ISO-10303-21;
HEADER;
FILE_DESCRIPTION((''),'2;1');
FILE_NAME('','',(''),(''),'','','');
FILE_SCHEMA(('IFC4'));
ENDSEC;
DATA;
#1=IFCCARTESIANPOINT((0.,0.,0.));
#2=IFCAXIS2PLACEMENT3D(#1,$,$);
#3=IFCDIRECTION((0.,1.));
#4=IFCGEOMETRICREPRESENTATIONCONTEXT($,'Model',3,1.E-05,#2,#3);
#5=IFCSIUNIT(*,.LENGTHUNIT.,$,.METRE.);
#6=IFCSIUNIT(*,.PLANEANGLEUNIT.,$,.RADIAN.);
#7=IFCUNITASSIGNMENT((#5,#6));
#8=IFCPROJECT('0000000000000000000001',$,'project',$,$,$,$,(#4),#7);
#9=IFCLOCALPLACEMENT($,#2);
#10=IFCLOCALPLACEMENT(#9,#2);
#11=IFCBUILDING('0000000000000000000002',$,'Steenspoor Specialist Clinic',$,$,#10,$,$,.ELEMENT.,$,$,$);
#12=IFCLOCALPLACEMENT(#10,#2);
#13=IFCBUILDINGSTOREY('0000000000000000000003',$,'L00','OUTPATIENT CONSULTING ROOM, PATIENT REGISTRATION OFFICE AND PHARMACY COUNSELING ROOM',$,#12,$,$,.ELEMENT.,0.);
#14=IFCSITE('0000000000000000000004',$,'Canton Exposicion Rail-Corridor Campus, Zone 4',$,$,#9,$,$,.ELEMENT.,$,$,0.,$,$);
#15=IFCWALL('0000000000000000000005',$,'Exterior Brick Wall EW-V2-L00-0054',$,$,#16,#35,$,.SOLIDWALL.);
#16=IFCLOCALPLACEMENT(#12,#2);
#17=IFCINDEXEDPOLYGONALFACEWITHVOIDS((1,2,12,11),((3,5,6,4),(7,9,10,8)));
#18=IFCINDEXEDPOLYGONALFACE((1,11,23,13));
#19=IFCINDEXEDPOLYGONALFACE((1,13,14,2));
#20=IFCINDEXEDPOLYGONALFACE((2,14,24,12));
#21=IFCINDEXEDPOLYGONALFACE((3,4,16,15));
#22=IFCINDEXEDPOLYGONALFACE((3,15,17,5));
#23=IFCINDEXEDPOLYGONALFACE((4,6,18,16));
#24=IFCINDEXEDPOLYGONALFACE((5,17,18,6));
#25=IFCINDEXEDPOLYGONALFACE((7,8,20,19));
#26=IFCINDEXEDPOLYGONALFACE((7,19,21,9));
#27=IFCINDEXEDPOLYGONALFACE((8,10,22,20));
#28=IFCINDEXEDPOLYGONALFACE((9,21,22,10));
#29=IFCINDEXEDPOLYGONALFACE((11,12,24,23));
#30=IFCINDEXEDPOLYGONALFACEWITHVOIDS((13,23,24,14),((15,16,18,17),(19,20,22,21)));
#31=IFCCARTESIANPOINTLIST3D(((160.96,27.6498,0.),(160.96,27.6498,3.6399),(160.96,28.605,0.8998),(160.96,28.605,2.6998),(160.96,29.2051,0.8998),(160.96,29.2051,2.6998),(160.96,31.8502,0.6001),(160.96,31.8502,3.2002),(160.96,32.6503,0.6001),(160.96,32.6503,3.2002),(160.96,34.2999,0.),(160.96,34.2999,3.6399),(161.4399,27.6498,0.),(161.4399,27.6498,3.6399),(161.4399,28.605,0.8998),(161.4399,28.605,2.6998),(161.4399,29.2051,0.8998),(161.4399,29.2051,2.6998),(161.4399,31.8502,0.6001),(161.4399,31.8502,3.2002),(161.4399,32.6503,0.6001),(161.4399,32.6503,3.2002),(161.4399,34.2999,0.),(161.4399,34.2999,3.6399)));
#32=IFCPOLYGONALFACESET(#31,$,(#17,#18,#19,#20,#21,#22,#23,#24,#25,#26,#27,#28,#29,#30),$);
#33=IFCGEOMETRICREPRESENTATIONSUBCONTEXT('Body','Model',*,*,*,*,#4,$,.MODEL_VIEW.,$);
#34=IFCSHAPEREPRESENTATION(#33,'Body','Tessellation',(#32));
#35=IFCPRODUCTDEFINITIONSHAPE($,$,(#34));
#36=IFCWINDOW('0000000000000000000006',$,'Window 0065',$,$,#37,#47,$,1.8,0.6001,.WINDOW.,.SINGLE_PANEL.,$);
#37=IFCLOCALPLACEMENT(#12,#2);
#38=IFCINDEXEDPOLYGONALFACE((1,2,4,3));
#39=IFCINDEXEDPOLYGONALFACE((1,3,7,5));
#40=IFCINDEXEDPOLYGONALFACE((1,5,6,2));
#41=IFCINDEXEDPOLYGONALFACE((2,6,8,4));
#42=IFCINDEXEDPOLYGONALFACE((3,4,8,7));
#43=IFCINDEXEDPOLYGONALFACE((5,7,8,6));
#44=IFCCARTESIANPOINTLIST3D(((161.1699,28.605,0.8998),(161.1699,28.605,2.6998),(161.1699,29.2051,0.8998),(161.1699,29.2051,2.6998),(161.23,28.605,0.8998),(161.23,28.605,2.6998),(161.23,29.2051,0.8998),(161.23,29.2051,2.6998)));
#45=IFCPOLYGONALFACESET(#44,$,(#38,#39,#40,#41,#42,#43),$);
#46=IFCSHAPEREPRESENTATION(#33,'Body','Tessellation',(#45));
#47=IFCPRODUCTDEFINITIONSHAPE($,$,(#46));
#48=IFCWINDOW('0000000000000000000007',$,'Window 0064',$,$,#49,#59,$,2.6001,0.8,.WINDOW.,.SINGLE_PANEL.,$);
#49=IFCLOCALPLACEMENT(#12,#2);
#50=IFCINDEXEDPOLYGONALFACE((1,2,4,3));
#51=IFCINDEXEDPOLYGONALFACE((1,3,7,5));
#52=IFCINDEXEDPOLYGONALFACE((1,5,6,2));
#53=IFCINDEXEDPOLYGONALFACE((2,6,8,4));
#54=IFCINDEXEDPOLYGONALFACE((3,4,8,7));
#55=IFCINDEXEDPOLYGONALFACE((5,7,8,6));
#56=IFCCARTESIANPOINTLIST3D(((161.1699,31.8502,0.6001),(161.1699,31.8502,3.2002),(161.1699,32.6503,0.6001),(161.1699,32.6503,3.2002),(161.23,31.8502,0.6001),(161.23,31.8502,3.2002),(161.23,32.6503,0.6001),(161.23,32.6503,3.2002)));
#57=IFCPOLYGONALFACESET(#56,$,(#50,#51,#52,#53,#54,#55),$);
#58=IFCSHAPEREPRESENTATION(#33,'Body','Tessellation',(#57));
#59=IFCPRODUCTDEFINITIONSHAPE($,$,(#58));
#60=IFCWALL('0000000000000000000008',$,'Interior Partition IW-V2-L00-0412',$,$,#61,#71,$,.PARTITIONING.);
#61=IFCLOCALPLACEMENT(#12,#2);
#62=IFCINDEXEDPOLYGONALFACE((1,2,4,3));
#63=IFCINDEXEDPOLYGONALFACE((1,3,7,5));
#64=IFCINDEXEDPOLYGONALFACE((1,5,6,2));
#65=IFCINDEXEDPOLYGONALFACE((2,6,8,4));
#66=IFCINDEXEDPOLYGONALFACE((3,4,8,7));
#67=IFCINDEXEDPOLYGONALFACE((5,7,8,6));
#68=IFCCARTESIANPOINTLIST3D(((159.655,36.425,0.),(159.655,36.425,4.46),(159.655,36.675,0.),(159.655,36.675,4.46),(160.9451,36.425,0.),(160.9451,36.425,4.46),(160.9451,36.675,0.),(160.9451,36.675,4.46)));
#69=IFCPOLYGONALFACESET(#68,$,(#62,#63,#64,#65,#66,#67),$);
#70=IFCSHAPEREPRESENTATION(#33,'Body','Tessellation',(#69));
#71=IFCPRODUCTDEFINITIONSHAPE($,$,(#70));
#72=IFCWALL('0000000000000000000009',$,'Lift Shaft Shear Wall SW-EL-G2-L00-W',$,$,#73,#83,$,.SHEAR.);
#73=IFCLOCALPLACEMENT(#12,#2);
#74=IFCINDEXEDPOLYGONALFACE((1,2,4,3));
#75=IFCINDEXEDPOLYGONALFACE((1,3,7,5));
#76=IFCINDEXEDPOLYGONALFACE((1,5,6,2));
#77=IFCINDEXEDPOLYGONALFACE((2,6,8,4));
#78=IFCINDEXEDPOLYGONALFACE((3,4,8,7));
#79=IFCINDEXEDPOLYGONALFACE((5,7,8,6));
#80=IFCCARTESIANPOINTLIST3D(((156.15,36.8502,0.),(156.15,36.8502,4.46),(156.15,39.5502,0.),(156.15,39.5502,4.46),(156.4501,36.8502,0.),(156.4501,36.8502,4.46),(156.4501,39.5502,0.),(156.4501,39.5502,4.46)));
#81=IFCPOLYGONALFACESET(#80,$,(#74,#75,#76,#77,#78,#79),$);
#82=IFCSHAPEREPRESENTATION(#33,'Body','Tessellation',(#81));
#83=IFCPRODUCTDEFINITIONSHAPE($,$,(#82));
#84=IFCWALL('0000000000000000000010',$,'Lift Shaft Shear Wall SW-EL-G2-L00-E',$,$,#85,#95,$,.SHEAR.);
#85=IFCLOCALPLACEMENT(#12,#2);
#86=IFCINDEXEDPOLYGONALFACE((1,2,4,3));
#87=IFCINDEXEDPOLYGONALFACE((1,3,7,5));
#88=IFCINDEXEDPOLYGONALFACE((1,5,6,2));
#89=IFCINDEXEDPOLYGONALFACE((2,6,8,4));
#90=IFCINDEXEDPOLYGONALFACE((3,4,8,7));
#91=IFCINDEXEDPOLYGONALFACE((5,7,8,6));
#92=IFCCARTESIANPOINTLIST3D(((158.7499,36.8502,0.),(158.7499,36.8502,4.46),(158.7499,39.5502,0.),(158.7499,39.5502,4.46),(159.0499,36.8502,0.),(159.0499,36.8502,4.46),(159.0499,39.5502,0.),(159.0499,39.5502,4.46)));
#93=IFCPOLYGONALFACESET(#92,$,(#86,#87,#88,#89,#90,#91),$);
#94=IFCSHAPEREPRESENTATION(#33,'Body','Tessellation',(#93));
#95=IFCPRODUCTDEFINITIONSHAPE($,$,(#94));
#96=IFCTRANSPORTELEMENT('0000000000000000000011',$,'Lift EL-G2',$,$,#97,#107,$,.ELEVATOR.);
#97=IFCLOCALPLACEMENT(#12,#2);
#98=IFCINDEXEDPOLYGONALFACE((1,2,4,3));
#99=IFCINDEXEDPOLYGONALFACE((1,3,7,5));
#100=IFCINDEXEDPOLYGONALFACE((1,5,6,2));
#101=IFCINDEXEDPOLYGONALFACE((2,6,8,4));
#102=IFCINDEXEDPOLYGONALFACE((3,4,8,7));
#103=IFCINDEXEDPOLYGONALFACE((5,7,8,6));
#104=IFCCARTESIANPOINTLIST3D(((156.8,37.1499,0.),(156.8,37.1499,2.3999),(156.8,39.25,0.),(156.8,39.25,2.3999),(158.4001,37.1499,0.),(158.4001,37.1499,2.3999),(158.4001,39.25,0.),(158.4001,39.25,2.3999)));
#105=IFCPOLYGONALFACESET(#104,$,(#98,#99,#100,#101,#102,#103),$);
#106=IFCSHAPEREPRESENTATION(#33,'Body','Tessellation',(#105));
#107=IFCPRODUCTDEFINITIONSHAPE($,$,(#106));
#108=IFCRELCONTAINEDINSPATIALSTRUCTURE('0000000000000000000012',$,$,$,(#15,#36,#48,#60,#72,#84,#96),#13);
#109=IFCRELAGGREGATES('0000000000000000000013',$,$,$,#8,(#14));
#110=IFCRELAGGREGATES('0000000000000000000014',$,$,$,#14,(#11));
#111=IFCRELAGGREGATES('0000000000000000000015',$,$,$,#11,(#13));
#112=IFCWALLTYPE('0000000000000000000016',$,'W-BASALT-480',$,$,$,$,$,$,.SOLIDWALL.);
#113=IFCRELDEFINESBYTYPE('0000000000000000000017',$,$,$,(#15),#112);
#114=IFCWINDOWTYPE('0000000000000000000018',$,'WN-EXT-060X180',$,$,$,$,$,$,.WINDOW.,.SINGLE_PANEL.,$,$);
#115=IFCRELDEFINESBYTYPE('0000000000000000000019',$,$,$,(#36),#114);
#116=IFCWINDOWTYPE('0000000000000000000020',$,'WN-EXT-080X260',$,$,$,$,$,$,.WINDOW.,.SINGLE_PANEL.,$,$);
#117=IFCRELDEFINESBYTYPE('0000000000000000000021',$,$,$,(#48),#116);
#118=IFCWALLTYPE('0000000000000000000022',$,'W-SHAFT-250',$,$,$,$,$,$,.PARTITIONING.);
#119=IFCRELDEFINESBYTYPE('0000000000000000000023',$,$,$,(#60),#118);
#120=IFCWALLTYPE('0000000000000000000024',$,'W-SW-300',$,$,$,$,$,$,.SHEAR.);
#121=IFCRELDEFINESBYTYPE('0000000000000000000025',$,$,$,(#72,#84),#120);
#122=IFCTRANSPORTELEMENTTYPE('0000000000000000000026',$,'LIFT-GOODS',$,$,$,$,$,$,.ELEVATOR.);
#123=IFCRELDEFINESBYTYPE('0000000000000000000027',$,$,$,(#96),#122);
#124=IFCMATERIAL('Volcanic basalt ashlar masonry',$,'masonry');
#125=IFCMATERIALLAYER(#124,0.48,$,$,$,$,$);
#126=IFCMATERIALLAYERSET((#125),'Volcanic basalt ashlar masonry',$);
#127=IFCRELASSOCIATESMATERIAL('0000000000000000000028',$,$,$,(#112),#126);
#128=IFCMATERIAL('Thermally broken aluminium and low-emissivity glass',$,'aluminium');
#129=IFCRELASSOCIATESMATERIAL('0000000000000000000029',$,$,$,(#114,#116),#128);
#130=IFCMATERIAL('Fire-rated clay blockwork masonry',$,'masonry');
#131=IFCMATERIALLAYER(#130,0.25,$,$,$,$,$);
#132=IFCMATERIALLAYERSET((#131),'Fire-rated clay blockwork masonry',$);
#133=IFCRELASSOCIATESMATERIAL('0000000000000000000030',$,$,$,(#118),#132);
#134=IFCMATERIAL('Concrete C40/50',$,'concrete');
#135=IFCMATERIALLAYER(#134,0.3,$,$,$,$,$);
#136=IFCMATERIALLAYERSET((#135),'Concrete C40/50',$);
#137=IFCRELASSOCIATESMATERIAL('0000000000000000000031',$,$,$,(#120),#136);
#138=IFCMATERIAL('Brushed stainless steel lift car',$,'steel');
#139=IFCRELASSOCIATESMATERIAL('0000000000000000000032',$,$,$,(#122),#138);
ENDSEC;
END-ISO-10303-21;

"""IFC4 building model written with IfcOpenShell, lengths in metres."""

from ifc_helpers import new_model, si_unit, direction, frame, frame_2d, origin, origin_2d, place, context, subcontext, project, spatial, rectangle, extrude, material, layer, layer_set, type_object, element, fill, save


model = new_model("IFC4")

# Units and contexts
model_context = context("Model", 3, precision=1e-05, world=origin(), true_north=direction((0.0, 1.0)))
body_context = subcontext(model_context, "Body", "Model", "MODEL_VIEW")
ifc_project = project(units=[si_unit("LENGTHUNIT", "METRE"), si_unit("PLANEANGLEUNIT", "RADIAN")], contexts=[model_context])

# Site, building, storey
site_placement = place(None, origin())
site = spatial("IfcSite", under=ifc_project, at=site_placement, Name="Canton Exposicion Rail-Corridor Campus, Zone 4", CompositionType="ELEMENT", RefElevation=0.0)
building_placement = place(site_placement, origin())
building = spatial("IfcBuilding", under=site, at=building_placement, Name="Steenspoor Specialist Clinic", CompositionType="ELEMENT")
storey_placement = place(building_placement, origin())
storey = spatial("IfcBuildingStorey", under=building, at=storey_placement, Name="L00", Description="OUTPATIENT CONSULTING ROOM, PATIENT REGISTRATION OFFICE AND PHARMACY COUNSELING ROOM", CompositionType="ELEMENT", Elevation=0.0)

# Shared definitions
ifc_material_1 = material(Name="Concrete C40/50", Category="concrete")

# Wall, openings, windows
ifc_material_2 = material(Name="Volcanic basalt ashlar masonry", Category="masonry")
ifc_layer_1 = layer(ifc_material_2, 0.48)
ifc_layer_set_1 = layer_set([ifc_layer_1], Name="Volcanic basalt ashlar masonry")
wall_type_1 = type_object("IfcWallType", Name="W-BASALT-480", PredefinedType="SOLIDWALL", material=ifc_layer_set_1)
wall_1_placement = place(storey_placement, frame((161.2, 34.3, 0.0), z_axis=(0.0, 0.0, 1.0), x_axis=(0.0, -1.0, 0.0)))
wall_1 = element("IfcWall", 1, at=wall_1_placement, inside=storey, type_object=wall_type_1, Name="Exterior Brick Wall EW-V2-L00-0054", PredefinedType="SOLIDWALL", context=body_context, shape_type="SweptSolid", body=[
    extrude(rectangle(XDim=6.6501, YDim=0.48, at=frame_2d((3.3252, 0.0))), origin(), (0.0, 0.0, 1.0), 3.6399),
])
opening_1_placement = place(wall_1_placement, frame((1.6499, 0.0, 0.6001)))
opening_1 = element("IfcOpeningElement", 2, at=opening_1_placement, cuts=wall_1, PredefinedType="OPENING", context=body_context, shape_type="SweptSolid", body=[
    extrude(rectangle(XDim=0.8, YDim=2.6001, at=frame_2d((0.3999, 1.3))), frame((0.0, 0.25, 0.0), z_axis=(0.0, -1.0, 0.0), x_axis=(1.0, 0.0, 0.0)), (0.0, 0.0, 1.0), 0.5),
])
opening_2_placement = place(wall_1_placement, frame((5.095, 0.0, 0.8999)))
opening_2 = element("IfcOpeningElement", 3, at=opening_2_placement, cuts=wall_1, PredefinedType="OPENING", context=body_context, shape_type="SweptSolid", body=[
    extrude(rectangle(XDim=0.6001, YDim=1.8, at=frame_2d((0.3, 0.8999))), frame((0.0, 0.25, 0.0), z_axis=(0.0, -1.0, 0.0), x_axis=(1.0, 0.0, 0.0)), (0.0, 0.0, 1.0), 0.5),
])
ifc_material_3 = material(Name="Thermally broken aluminium and low-emissivity glass", Category="aluminium")
window_type_1 = type_object("IfcWindowType", Name="WN-EXT-060X180", PartitioningType="SINGLE_PANEL", PredefinedType="WINDOW", material=ifc_material_3)
window_1_placement = place(opening_2_placement, origin())
window_1 = element("IfcWindow", 4, at=window_1_placement, inside=storey, type_object=window_type_1, Name="Window 0065", OverallHeight=1.8, OverallWidth=0.6001, PartitioningType="SINGLE_PANEL", PredefinedType="WINDOW", context=body_context, shape_type="SweptSolid", body=[
    extrude(rectangle(XDim=0.6001, YDim=1.8, at=frame_2d((0.3, 0.8999))), frame((0.0, 0.03, 0.0), z_axis=(0.0, -1.0, 0.0), x_axis=(1.0, 0.0, 0.0)), (0.0, 0.0, 1.0), 0.0601),
])
fill(opening_2, window_1)
window_type_2 = type_object("IfcWindowType", Name="WN-EXT-080X260", PartitioningType="SINGLE_PANEL", PredefinedType="WINDOW", material=ifc_material_3)
window_2_placement = place(opening_1_placement, origin())
window_2 = element("IfcWindow", 5, at=window_2_placement, inside=storey, type_object=window_type_2, Name="Window 0064", OverallHeight=2.6001, OverallWidth=0.8, PartitioningType="SINGLE_PANEL", PredefinedType="WINDOW", context=body_context, shape_type="SweptSolid", body=[
    extrude(rectangle(XDim=0.8, YDim=2.6001, at=frame_2d((0.3999, 1.3))), frame((0.0, 0.03, 0.0), z_axis=(0.0, -1.0, 0.0), x_axis=(1.0, 0.0, 0.0)), (0.0, 0.0, 1.0), 0.0601),
])
fill(opening_1, window_2)

# Wall
ifc_material_4 = material(Name="Fire-rated clay blockwork masonry", Category="masonry")
ifc_layer_2 = layer(ifc_material_4, 0.25)
ifc_layer_set_2 = layer_set([ifc_layer_2], Name="Fire-rated clay blockwork masonry")
wall_type_2 = type_object("IfcWallType", Name="W-SHAFT-250", PredefinedType="PARTITIONING", material=ifc_layer_set_2)
wall_2_placement = place(storey_placement, frame((159.655, 36.55, 0.0), z_axis=(0.0, 0.0, 1.0), x_axis=(1.0, 0.0, 0.0)))
element("IfcWall", 6, at=wall_2_placement, inside=storey, type_object=wall_type_2, Name="Interior Partition IW-V2-L00-0412", PredefinedType="PARTITIONING", context=body_context, shape_type="SweptSolid", body=[
    extrude(rectangle(XDim=1.29, YDim=0.25, at=frame_2d((0.645, 0.0))), origin(), (0.0, 0.0, 1.0), 4.46),
])

# Shared definitions
ifc_layer_3 = layer(ifc_material_1, 0.3)
ifc_layer_set_3 = layer_set([ifc_layer_3], Name="Concrete C40/50")
wall_type_3 = type_object("IfcWallType", Name="W-SW-300", PredefinedType="SHEAR", material=ifc_layer_set_3)

# Walls
for number, where, z_axis, x_axis, name in (
    (7, (156.3, 36.8501, 0.0), (0.0, 0.0, 1.0), (0.0, 1.0, 0.0), "Lift Shaft Shear Wall SW-EL-G2-L00-W"),
    (8, (158.8999, 36.8501, 0.0), (0.0, 0.0, 1.0), (0.0, 1.0, 0.0), "Lift Shaft Shear Wall SW-EL-G2-L00-E"),
):
    element("IfcWall", number, at=place(storey_placement, frame(where, z_axis=z_axis, x_axis=x_axis)), inside=storey, type_object=wall_type_3, Name=name, PredefinedType="SHEAR", context=body_context, shape_type="SweptSolid", body=[
        extrude(rectangle(XDim=2.7, YDim=0.3, at=frame_2d((1.3501, 0.0))), origin(), (0.0, 0.0, 1.0), 4.46),
    ])

# Transport element
ifc_material_5 = material(Name="Brushed stainless steel lift car", Category="steel")
transport_element_type = type_object("IfcTransportElementType", Name="LIFT-GOODS", PredefinedType="ELEVATOR", material=ifc_material_5)
transport_element_placement = place(storey_placement, frame((157.6001, 38.2, 0.0), z_axis=(0.0, 0.0, 1.0), x_axis=(1.0, 0.0, 0.0)))
element("IfcTransportElement", 9, at=transport_element_placement, inside=storey, type_object=transport_element_type, Name="Lift EL-G2", PredefinedType="ELEVATOR", context=body_context, shape_type="SweptSolid", body=[
    extrude(rectangle(XDim=1.6001, YDim=2.1001, at=origin_2d()), origin(), (0.0, 0.0, 1.0), 2.3999),
])

save(model, "model.ifc")
